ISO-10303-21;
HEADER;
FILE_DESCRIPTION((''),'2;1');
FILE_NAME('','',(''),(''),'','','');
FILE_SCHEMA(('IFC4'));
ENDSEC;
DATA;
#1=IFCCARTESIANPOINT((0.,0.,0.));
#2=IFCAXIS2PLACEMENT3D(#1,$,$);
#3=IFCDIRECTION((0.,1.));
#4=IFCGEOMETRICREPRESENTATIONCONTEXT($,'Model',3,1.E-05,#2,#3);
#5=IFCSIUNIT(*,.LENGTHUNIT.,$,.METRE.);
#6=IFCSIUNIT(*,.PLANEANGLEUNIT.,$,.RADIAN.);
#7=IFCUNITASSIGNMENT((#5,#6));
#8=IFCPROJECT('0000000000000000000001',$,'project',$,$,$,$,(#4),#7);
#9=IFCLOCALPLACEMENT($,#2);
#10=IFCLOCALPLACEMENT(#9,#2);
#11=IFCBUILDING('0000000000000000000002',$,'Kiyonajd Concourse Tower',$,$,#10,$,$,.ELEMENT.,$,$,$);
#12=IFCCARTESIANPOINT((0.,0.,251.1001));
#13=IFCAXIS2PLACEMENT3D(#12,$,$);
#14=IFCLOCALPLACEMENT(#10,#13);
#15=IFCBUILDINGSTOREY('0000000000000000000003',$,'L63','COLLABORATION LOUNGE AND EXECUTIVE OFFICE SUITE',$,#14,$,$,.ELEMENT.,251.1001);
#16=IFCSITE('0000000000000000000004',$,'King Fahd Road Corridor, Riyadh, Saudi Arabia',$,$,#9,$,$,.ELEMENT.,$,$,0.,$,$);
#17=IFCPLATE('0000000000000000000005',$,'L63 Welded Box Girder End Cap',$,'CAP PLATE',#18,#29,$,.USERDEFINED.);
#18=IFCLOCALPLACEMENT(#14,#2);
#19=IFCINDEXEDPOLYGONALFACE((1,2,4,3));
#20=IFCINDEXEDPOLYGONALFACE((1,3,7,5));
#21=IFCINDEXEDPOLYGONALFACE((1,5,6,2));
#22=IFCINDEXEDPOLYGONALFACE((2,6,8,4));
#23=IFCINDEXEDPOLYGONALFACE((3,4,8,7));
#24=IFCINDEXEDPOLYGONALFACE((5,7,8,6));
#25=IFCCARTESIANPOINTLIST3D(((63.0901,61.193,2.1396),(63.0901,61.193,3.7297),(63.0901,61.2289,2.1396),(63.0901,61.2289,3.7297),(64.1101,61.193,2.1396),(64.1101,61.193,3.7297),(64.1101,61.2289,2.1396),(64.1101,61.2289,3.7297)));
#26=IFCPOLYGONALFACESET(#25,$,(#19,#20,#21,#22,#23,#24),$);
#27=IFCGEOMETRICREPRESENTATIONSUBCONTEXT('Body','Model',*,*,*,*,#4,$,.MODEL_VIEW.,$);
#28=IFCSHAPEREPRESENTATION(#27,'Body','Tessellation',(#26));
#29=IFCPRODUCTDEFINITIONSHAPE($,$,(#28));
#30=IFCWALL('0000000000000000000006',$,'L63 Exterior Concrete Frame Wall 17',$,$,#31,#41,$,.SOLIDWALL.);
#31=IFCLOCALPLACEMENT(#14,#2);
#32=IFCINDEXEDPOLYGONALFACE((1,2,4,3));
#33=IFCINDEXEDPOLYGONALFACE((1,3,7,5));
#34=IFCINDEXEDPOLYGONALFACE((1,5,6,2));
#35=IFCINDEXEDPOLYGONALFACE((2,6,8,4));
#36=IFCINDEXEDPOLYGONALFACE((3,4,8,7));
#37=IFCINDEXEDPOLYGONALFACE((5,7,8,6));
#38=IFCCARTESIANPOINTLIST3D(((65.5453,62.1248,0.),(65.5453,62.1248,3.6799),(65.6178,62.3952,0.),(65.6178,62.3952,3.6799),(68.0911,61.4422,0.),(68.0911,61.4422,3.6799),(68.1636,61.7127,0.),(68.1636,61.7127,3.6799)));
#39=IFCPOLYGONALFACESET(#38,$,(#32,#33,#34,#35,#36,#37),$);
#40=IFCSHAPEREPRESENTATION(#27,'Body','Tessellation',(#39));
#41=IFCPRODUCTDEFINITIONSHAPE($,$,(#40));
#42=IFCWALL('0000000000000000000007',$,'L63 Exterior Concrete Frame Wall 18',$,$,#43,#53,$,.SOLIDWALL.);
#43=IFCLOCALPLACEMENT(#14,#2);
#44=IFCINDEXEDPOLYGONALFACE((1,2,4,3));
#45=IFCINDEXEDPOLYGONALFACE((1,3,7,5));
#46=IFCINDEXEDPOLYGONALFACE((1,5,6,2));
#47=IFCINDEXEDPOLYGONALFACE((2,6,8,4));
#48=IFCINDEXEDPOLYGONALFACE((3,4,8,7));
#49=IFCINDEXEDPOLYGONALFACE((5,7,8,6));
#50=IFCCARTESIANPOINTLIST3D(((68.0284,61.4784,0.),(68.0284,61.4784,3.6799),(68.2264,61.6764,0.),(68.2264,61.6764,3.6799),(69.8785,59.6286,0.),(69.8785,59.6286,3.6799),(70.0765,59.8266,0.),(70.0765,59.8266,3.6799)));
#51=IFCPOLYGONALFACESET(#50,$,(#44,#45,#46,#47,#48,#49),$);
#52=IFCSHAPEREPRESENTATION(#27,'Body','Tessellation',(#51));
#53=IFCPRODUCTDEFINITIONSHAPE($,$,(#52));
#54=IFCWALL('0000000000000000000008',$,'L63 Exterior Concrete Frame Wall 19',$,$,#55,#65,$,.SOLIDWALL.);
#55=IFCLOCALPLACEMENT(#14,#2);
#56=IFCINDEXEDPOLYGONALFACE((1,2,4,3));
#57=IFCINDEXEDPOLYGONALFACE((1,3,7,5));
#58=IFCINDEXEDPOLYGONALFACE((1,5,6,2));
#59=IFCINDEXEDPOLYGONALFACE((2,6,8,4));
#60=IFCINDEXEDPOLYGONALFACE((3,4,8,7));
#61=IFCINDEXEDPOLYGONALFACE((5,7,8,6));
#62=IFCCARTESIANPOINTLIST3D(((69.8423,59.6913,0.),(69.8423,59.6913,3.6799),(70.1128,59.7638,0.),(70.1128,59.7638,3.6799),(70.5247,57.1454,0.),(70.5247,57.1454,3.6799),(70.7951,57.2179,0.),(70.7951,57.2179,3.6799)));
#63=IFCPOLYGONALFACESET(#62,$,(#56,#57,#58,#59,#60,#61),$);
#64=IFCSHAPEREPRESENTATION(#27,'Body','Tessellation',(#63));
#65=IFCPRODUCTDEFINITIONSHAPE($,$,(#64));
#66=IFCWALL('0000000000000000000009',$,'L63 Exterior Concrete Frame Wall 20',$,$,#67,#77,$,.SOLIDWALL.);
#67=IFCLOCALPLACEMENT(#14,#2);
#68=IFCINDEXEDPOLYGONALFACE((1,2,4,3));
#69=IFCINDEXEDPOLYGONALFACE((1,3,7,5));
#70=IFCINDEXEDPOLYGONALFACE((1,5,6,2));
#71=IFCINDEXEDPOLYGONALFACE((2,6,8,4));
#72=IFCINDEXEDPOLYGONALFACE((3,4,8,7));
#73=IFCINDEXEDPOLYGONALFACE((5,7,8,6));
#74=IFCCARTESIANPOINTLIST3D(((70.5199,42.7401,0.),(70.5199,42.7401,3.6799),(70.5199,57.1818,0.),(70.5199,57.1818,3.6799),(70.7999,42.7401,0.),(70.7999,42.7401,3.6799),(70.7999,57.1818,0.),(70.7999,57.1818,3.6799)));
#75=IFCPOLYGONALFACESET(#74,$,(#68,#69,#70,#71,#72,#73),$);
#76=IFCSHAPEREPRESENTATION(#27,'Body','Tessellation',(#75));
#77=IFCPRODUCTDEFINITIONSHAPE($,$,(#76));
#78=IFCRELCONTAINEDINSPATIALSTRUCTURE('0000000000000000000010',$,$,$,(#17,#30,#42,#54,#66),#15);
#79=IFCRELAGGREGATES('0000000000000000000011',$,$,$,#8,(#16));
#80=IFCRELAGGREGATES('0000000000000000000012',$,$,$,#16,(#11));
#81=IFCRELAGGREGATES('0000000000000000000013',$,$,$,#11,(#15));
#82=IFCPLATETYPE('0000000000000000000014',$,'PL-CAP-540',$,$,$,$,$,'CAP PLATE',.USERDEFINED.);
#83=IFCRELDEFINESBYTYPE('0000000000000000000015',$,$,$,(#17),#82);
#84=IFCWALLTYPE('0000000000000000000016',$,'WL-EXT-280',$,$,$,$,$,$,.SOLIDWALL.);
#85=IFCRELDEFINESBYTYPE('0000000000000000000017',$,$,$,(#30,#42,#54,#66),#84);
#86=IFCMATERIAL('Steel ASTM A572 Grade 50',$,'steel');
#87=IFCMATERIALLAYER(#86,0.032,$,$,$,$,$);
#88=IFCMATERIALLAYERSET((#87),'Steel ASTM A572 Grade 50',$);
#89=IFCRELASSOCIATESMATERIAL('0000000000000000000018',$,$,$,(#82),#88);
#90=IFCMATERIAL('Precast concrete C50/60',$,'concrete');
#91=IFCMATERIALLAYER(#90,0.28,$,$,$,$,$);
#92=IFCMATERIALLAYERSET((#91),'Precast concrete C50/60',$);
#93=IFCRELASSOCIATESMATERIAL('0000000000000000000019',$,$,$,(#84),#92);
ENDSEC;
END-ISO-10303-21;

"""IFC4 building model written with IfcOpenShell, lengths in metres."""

from ifc_helpers import new_model, si_unit, direction, frame, frame_2d, origin, origin_2d, place, context, subcontext, project, spatial, rectangle, extrude, material, layer, layer_set, type_object, element, save


model = new_model("IFC4")

# Units and contexts
model_context = context("Model", 3, precision=1e-05, world=origin(), true_north=direction((0.0, 1.0)))
body_context = subcontext(model_context, "Body", "Model", "MODEL_VIEW")
ifc_project = project(units=[si_unit("LENGTHUNIT", "METRE"), si_unit("PLANEANGLEUNIT", "RADIAN")], contexts=[model_context])

# Site, building, storey
site_placement = place(None, origin())
site = spatial("IfcSite", under=ifc_project, at=site_placement, Name="King Fahd Road Corridor, Riyadh, Saudi Arabia", CompositionType="ELEMENT", RefElevation=0.0)
building_placement = place(site_placement, origin())
building = spatial("IfcBuilding", under=site, at=building_placement, Name="Kiyonajd Concourse Tower", CompositionType="ELEMENT")
storey_placement = place(building_placement, frame((0.0, 0.0, 251.1001)))
storey = spatial("IfcBuildingStorey", under=building, at=storey_placement, Name="L63", Description="COLLABORATION LOUNGE AND EXECUTIVE OFFICE SUITE", CompositionType="ELEMENT", Elevation=251.1001)

# Shared definitions
ifc_material_1 = material(Name="Steel ASTM A572 Grade 50", Category="steel")

# Plate
ifc_layer_1 = layer(ifc_material_1, 0.032)
ifc_layer_set_1 = layer_set([ifc_layer_1], Name="Steel ASTM A572 Grade 50")
plate_type_1 = type_object("IfcPlateType", Name="PL-CAP-540", ElementType="CAP PLATE", PredefinedType="USERDEFINED", material=ifc_layer_set_1)
for number, where, z_axis, x_axis, name in (
    (1, (63.6001, 61.2109, 2.1396), (0.0, 0.0, 1.0), (0.0, 1.0, 0.0), "L63 Welded Box Girder End Cap"),
):
    element("IfcPlate", number, at=place(storey_placement, frame(where, z_axis=z_axis, x_axis=x_axis)), inside=storey, type_object=plate_type_1, Name=name, ObjectType="CAP PLATE", PredefinedType="USERDEFINED", context=body_context, shape_type="SweptSolid", body=[
        extrude(rectangle(XDim=0.0359, YDim=1.02, at=origin_2d()), origin(), (0.0, 0.0, 1.0), 1.5901),
    ])

# Walls
ifc_material_2 = material(Name="Precast concrete C50/60", Category="concrete")
ifc_layer_2 = layer(ifc_material_2, 0.28)
ifc_layer_set_2 = layer_set([ifc_layer_2], Name="Precast concrete C50/60")
wall_type = type_object("IfcWallType", Name="WL-EXT-280", PredefinedType="SOLIDWALL", material=ifc_layer_set_2)
wall_1_placement = place(storey_placement, frame((65.5815, 62.26, 0.0), z_axis=(0.0, 0.0, 1.0), x_axis=(0.965884, -0.258977, 0.0)))
element("IfcWall", 2, at=wall_1_placement, inside=storey, type_object=wall_type, Name="L63 Exterior Concrete Frame Wall 17", PredefinedType="SOLIDWALL", context=body_context, shape_type="SweptSolid", body=[
    extrude(rectangle(XDim=2.6357, YDim=0.28, at=frame_2d((1.3179, 0.0))), origin(), (0.0, 0.0, 1.0), 3.6799),
])
wall_2_placement = place(storey_placement, frame((68.1274, 61.5774, 0.0), z_axis=(0.0, 0.0, 1.0), x_axis=(0.707153, -0.70706, 0.0)))
element("IfcWall", 3, at=wall_2_placement, inside=storey, type_object=wall_type, Name="L63 Exterior Concrete Frame Wall 18", PredefinedType="SOLIDWALL", context=body_context, shape_type="SweptSolid", body=[
    extrude(rectangle(XDim=2.6162, YDim=0.28, at=frame_2d((1.3081, 0.0))), origin(), (0.0, 0.0, 1.0), 3.6799),
])
wall_3_placement = place(storey_placement, frame((69.9775, 59.7275, 0.0), z_axis=(0.0, 0.0, 1.0), x_axis=(0.25889, -0.965907, 0.0)))
element("IfcWall", 4, at=wall_3_placement, inside=storey, type_object=wall_type, Name="L63 Exterior Concrete Frame Wall 19", PredefinedType="SOLIDWALL", context=body_context, shape_type="SweptSolid", body=[
    extrude(rectangle(XDim=2.6357, YDim=0.28, at=frame_2d((1.3179, 0.0))), origin(), (0.0, 0.0, 1.0), 3.6799),
])
wall_4_placement = place(storey_placement, frame((70.6599, 57.1816, 0.0), z_axis=(0.0, 0.0, 1.0), x_axis=(0.0, -1.0, 0.0)))
element("IfcWall", 5, at=wall_4_placement, inside=storey, type_object=wall_type, Name="L63 Exterior Concrete Frame Wall 20", PredefinedType="SOLIDWALL", context=body_context, shape_type="SweptSolid", body=[
    extrude(rectangle(XDim=14.4417, YDim=0.28, at=frame_2d((7.2207, 0.0))), origin(), (0.0, 0.0, 1.0), 3.6799),
])

save(model, "model.ifc")
